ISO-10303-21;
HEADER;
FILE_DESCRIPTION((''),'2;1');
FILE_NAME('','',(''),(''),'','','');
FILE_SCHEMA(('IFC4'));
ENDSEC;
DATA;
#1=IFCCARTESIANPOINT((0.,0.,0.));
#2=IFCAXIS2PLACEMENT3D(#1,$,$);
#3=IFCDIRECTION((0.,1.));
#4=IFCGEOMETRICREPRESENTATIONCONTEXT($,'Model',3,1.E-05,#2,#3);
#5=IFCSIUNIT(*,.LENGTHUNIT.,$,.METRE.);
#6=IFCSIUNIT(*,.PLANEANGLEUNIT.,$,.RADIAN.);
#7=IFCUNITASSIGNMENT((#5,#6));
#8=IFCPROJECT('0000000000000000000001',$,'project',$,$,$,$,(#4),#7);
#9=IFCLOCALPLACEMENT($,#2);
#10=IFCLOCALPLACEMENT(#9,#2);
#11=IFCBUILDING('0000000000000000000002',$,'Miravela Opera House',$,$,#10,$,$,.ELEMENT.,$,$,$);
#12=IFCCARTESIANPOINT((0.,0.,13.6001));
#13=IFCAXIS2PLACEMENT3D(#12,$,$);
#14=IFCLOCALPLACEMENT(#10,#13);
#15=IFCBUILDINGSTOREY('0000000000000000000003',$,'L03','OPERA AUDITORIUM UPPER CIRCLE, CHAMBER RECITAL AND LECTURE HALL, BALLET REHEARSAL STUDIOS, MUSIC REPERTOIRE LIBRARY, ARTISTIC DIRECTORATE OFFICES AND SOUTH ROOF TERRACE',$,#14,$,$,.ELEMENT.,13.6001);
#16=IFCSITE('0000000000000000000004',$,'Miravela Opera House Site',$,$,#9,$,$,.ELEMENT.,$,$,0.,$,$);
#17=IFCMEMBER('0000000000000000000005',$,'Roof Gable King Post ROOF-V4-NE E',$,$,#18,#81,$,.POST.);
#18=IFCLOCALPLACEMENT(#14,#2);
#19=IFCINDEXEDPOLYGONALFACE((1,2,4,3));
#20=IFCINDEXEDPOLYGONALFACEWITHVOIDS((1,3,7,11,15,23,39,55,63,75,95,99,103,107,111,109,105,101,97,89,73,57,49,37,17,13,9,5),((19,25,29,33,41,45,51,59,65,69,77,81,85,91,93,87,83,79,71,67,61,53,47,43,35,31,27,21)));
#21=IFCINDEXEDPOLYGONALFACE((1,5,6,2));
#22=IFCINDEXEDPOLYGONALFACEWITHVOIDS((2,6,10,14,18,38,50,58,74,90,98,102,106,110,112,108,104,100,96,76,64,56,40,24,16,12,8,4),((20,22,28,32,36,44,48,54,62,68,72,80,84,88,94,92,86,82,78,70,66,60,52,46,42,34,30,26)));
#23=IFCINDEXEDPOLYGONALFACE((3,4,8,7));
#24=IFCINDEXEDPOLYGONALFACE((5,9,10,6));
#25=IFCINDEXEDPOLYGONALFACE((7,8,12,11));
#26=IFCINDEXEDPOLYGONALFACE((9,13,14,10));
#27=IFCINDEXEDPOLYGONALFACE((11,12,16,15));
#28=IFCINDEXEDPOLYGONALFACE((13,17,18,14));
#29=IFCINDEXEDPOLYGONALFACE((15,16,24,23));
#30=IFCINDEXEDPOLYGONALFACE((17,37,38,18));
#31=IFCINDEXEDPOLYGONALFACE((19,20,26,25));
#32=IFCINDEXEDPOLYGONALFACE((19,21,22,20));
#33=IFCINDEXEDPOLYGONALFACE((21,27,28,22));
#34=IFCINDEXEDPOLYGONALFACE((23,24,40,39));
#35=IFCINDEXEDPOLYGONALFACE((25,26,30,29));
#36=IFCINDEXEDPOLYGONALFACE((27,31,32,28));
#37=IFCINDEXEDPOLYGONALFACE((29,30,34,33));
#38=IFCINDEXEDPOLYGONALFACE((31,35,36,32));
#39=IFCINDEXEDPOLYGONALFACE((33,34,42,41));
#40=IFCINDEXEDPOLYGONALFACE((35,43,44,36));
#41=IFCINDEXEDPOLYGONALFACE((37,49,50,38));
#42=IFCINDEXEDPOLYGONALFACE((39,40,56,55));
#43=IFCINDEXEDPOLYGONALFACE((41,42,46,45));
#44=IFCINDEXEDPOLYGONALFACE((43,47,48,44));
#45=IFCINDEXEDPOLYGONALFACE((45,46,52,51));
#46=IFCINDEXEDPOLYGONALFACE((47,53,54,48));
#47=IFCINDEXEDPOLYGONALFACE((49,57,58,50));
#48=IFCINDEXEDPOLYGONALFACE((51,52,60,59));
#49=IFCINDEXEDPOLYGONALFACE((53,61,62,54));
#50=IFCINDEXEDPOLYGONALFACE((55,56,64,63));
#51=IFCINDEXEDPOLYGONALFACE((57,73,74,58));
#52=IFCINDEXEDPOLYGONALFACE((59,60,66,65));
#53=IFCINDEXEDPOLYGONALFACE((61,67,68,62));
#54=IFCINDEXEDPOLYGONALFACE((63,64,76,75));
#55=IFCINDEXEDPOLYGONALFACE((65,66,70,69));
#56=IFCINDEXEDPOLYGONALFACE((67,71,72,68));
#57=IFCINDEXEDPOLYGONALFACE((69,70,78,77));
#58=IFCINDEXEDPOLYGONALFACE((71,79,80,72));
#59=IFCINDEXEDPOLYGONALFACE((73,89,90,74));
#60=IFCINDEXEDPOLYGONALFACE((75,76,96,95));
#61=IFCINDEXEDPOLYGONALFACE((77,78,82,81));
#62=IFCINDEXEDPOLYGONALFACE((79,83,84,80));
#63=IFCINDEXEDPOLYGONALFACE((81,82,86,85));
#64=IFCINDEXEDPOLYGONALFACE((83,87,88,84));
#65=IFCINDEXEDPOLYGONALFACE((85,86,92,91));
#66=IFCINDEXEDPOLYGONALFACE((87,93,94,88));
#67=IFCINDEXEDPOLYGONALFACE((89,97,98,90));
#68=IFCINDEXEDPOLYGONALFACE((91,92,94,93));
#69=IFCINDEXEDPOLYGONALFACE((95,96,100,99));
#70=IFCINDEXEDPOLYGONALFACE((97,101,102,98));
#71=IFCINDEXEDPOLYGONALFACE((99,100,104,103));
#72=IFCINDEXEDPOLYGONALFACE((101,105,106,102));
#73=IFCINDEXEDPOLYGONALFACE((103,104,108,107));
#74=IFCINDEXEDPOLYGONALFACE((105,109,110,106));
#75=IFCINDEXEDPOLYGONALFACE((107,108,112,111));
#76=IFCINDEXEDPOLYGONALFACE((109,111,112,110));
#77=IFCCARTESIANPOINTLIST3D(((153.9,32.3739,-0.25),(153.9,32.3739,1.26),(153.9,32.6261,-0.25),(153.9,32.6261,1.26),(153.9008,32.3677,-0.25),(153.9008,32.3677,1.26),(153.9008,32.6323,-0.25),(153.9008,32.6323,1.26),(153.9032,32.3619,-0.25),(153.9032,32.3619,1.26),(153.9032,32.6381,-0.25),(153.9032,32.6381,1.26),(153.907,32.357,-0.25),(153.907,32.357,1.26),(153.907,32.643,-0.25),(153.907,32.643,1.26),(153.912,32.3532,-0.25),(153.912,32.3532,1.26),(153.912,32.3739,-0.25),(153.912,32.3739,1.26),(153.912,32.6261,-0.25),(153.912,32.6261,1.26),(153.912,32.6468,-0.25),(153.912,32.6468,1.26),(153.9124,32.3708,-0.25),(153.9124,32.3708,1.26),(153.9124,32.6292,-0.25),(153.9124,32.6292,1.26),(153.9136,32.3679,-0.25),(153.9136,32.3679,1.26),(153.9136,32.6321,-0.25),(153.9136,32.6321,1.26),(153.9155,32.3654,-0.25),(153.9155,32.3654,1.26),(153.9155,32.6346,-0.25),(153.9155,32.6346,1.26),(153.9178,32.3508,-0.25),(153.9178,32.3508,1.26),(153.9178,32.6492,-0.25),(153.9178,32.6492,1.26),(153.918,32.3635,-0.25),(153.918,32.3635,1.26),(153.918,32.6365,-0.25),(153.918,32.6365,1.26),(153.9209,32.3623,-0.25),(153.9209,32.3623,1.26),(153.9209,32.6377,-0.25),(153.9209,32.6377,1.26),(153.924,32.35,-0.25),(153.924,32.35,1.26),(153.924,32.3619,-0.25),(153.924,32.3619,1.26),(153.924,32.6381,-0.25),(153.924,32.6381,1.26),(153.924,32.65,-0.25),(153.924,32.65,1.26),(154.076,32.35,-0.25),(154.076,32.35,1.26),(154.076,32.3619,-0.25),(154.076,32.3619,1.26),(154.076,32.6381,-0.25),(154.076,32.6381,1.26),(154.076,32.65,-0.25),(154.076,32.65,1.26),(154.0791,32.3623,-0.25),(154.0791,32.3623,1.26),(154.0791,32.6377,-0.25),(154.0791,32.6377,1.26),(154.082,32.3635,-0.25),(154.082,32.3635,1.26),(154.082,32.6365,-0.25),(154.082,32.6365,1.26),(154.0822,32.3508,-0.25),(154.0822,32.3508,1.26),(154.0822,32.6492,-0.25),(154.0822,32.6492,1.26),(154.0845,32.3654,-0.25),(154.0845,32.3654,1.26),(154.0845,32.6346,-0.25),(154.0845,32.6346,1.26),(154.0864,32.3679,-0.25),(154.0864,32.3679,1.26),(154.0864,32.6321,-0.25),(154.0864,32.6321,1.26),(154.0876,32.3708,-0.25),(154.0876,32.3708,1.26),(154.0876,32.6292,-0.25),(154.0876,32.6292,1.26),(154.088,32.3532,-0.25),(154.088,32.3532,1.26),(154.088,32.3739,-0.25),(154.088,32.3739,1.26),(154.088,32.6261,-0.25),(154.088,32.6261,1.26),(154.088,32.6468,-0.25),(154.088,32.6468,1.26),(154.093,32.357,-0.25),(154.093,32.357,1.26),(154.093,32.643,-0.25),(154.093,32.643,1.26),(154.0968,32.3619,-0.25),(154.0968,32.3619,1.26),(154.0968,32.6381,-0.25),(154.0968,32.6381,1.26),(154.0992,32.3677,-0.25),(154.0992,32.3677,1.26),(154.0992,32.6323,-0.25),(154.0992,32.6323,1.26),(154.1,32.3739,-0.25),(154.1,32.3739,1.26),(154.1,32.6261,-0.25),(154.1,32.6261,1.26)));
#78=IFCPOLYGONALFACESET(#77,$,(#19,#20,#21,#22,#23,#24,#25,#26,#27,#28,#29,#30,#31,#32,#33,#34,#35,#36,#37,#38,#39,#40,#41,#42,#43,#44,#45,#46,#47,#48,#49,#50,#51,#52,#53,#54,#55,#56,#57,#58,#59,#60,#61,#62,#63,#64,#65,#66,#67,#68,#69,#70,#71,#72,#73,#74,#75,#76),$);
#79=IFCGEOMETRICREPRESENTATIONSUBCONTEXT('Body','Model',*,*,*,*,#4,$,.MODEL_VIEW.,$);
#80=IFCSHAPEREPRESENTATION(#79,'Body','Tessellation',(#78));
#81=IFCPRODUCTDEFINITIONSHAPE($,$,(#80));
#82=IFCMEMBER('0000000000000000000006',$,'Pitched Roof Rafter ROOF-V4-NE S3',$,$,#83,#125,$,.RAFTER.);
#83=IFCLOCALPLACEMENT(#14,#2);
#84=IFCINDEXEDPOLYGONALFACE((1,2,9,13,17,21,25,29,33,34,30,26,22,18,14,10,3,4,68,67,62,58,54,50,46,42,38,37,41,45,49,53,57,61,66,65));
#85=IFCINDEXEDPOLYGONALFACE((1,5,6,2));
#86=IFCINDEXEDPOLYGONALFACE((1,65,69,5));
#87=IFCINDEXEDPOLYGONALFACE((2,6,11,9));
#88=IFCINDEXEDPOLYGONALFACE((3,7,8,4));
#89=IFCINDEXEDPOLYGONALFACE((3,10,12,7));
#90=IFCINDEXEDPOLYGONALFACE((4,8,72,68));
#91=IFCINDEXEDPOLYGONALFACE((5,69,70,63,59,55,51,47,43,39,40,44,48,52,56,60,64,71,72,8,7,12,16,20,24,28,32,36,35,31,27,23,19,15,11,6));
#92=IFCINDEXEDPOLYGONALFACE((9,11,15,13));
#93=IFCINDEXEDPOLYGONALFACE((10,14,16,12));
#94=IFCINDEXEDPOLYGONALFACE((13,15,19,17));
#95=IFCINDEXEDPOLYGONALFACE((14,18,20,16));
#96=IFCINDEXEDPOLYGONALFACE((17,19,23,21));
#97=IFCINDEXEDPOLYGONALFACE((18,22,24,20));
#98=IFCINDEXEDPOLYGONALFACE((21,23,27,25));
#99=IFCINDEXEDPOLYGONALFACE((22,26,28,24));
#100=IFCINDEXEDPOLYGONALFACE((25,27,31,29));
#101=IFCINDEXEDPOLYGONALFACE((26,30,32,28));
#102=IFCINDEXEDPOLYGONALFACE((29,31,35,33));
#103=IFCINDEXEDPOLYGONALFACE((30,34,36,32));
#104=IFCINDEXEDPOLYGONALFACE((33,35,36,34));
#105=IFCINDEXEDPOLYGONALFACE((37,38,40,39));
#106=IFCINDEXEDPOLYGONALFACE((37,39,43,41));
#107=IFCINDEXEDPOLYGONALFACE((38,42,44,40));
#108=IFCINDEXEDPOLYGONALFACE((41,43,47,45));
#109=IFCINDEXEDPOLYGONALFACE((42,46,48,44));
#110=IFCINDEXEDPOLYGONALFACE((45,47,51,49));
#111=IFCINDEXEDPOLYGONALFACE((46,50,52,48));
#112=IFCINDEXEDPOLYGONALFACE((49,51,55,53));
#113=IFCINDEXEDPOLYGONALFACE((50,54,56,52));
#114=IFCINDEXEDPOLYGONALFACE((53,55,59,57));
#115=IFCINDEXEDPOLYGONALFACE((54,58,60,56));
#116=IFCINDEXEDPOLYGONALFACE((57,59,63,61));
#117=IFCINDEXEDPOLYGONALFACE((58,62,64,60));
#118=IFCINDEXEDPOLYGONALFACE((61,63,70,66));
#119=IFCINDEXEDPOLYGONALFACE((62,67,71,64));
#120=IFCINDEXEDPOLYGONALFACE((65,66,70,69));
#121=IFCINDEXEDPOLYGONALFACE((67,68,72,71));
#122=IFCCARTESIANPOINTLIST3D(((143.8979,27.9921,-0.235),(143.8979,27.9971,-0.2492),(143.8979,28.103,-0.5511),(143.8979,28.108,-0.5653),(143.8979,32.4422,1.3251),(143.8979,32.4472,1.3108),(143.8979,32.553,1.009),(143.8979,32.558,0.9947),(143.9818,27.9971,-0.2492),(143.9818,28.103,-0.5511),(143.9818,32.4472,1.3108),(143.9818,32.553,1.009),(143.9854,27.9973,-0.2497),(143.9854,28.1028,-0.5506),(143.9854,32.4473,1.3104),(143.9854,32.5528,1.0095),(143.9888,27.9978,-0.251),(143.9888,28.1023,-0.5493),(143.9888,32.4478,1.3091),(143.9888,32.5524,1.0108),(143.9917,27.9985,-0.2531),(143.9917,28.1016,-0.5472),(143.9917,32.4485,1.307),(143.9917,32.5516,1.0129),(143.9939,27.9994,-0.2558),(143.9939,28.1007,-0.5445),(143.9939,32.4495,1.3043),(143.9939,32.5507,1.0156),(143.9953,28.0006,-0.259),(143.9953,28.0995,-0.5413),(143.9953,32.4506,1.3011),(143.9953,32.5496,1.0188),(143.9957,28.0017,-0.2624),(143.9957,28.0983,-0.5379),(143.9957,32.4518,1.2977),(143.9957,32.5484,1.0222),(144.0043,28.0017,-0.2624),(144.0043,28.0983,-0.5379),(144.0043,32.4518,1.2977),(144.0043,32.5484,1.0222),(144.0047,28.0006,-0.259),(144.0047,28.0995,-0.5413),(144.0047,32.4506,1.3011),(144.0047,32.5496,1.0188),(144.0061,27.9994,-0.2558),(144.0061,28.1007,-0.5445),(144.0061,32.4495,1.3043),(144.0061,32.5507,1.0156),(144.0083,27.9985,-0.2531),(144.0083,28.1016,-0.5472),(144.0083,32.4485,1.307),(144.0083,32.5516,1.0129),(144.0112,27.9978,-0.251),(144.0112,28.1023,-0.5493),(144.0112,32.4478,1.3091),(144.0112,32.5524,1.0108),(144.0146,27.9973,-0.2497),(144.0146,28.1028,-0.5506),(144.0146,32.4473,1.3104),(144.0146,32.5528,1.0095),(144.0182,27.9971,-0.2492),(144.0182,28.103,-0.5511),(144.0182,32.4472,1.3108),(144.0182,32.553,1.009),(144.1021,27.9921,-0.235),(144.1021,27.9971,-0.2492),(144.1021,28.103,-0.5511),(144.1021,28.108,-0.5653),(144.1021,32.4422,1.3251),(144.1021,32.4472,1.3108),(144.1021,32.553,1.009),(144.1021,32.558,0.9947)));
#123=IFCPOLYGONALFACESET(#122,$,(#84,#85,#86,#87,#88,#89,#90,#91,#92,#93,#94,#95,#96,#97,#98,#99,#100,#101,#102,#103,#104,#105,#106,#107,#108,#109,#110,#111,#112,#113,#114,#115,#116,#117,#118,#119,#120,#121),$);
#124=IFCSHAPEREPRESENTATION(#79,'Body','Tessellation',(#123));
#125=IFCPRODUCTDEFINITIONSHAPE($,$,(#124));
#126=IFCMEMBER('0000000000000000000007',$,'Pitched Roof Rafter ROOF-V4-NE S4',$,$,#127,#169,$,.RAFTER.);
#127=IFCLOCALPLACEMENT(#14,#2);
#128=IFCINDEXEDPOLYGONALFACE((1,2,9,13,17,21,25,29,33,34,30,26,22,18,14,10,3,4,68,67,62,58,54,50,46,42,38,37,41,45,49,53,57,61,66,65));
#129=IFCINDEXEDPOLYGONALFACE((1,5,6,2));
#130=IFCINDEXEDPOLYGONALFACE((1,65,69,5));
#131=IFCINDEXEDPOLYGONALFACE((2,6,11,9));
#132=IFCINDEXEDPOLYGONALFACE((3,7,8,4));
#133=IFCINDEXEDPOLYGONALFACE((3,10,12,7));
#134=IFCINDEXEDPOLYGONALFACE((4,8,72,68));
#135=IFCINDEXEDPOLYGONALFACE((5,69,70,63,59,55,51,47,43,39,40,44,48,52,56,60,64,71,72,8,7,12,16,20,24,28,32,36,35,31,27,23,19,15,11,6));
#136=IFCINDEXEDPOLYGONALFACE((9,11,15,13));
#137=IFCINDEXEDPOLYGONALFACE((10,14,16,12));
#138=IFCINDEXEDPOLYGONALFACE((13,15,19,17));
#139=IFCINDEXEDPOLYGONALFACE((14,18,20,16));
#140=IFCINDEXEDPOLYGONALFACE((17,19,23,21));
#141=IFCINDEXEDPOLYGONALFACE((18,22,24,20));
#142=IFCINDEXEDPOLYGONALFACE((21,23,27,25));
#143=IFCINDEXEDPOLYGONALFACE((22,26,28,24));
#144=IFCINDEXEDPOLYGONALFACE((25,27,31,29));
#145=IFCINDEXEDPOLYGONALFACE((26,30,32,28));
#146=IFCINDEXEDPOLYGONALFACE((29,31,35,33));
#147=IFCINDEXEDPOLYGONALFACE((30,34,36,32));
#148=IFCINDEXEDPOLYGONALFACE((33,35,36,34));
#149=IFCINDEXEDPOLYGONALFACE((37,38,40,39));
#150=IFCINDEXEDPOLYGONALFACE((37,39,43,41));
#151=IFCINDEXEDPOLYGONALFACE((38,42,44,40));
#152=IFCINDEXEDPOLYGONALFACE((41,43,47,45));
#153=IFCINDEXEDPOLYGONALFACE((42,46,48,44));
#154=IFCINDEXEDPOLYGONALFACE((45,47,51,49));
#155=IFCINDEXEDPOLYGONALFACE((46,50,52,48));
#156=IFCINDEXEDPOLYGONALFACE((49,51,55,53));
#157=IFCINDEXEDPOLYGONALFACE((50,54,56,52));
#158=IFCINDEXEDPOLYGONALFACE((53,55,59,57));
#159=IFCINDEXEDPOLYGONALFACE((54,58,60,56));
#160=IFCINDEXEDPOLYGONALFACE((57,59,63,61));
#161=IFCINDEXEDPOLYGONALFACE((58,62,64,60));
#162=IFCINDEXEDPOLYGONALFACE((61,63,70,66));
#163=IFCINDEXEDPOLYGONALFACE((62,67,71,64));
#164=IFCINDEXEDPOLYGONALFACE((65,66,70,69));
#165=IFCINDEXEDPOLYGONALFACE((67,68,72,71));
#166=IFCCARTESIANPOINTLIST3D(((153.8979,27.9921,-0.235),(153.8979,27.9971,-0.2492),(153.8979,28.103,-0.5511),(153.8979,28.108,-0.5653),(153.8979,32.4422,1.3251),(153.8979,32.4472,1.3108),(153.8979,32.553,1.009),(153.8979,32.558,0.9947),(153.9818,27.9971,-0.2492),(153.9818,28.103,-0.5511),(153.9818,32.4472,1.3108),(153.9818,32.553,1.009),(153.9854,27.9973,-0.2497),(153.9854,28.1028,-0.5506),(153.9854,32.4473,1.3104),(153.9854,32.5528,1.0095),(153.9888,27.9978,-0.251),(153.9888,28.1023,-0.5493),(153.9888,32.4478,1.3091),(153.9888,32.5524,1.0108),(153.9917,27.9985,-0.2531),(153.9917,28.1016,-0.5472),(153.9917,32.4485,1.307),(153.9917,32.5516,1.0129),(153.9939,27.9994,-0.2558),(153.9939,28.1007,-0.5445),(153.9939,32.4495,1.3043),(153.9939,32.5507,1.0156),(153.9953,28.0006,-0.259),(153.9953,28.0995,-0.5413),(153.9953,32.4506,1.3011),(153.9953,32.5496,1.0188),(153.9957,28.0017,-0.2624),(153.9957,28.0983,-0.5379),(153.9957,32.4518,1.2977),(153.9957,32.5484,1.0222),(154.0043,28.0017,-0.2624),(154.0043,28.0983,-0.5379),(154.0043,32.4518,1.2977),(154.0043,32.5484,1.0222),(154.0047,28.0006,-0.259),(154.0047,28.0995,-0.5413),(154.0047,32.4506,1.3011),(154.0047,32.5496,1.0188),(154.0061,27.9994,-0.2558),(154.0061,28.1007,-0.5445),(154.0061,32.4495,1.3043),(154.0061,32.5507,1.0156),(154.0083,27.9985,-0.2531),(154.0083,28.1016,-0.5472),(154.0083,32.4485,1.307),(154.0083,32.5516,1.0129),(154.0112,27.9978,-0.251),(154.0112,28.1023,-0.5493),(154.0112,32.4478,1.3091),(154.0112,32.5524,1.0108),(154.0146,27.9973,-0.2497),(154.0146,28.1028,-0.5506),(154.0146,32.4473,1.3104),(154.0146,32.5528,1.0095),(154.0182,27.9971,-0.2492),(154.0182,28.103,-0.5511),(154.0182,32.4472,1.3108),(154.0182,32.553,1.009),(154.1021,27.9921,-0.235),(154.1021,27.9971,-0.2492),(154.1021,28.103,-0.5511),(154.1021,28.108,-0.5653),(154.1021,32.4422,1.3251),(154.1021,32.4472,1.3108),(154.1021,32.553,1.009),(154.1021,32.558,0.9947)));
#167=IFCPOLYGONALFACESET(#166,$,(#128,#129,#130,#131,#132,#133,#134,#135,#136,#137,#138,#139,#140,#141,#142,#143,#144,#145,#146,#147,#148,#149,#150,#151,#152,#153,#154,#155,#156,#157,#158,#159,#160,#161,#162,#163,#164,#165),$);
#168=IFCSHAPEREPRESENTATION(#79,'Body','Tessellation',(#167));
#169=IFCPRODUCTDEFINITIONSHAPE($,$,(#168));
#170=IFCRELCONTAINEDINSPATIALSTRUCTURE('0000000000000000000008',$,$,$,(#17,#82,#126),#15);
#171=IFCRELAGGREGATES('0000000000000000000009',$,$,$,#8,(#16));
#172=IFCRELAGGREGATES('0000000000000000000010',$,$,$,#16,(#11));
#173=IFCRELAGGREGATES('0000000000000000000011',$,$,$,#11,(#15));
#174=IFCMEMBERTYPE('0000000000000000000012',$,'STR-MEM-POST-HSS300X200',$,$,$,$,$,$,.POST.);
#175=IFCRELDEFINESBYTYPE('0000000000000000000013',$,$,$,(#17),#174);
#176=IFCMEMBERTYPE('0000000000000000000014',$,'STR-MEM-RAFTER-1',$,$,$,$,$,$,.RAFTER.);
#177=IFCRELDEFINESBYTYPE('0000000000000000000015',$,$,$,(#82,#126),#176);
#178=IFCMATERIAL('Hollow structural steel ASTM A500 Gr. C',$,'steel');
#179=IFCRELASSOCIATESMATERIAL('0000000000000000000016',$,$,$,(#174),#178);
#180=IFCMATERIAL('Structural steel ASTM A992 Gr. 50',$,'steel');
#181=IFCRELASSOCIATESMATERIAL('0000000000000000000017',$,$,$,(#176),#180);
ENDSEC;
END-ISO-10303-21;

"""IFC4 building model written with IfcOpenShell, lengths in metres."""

from ifc_helpers import new_model, si_unit, direction, frame, origin, origin_2d, place, context, subcontext, project, spatial, hollow_rectangle, i_section, extrude, material, material_profile, profile_set, type_object, element, save


model = new_model("IFC4")

# Units and contexts
model_context = context("Model", 3, precision=1e-05, world=origin(), true_north=direction((0.0, 1.0)))
body_context = subcontext(model_context, "Body", "Model", "MODEL_VIEW")
ifc_project = project(units=[si_unit("LENGTHUNIT", "METRE"), si_unit("PLANEANGLEUNIT", "RADIAN")], contexts=[model_context])

# Site, building, storey
site_placement = place(None, origin())
site = spatial("IfcSite", under=ifc_project, at=site_placement, Name="Miravela Opera House Site", CompositionType="ELEMENT", RefElevation=0.0)
building_placement = place(site_placement, origin())
building = spatial("IfcBuilding", under=site, at=building_placement, Name="Miravela Opera House", CompositionType="ELEMENT")
storey_placement = place(building_placement, frame((0.0, 0.0, 13.6001)))
storey = spatial("IfcBuildingStorey", under=building, at=storey_placement, Name="L03", Description="OPERA AUDITORIUM UPPER CIRCLE, CHAMBER RECITAL AND LECTURE HALL, BALLET REHEARSAL STUDIOS, MUSIC REPERTOIRE LIBRARY, ARTISTIC DIRECTORATE OFFICES AND SOUTH ROOF TERRACE", CompositionType="ELEMENT", Elevation=13.6001)

# Shared definitions
ifc_material_1 = material(Name="Structural steel ASTM A992 Gr. 50", Category="steel")

# Members
ifc_material_2 = material(Name="Hollow structural steel ASTM A500 Gr. C", Category="steel")
ifc_material_profile_1 = material_profile(ifc_material_2, hollow_rectangle(XDim=0.2, YDim=0.3, WallThickness=0.012, InnerFilletRadius=0.012, OuterFilletRadius=0.0239, at=origin_2d()), Name="HSS300X200X12")
ifc_profile_set_1 = profile_set([ifc_material_profile_1])
member_type_1 = type_object("IfcMemberType", Name="STR-MEM-POST-HSS300X200", PredefinedType="POST", material=ifc_profile_set_1)
for number, where, z_axis, x_axis, name in (
    (1, (154.0, 32.5, -0.25), (0.0, 0.0, 1.0), (1.0, 0.0, 0.0), "Roof Gable King Post ROOF-V4-NE E"),
):
    element("IfcMember", number, at=place(storey_placement, frame(where, z_axis=z_axis, x_axis=x_axis)), inside=storey, type_object=member_type_1, Name=name, PredefinedType="POST", context=body_context, shape_type="SweptSolid", body=[
        extrude(hollow_rectangle(XDim=0.2, YDim=0.3, WallThickness=0.012, InnerFilletRadius=0.012, OuterFilletRadius=0.0239, at=origin_2d()), origin(), (0.0, 0.0, 1.0), 1.51),
    ])
ifc_material_profile_2 = material_profile(ifc_material_1, i_section(OverallWidth=0.2041, OverallDepth=0.3501, WebThickness=0.0085, FlangeThickness=0.0151, FilletRadius=0.0139, at=origin_2d()), Name="W360X72")
ifc_profile_set_2 = profile_set([ifc_material_profile_2])
member_type_2 = type_object("IfcMemberType", Name="STR-MEM-RAFTER-1", PredefinedType="RAFTER", material=ifc_profile_set_2)
for number, where, z_axis, x_axis, name in (
    (2, (144.0, 28.05, -0.4001), (0.0, 0.943688, 0.330837), (-1.0, 0.0, 0.0), "Pitched Roof Rafter ROOF-V4-NE S3"),
    (3, (154.0, 28.05, -0.4001), (0.0, 0.943688, 0.330837), (-1.0, 0.0, 0.0), "Pitched Roof Rafter ROOF-V4-NE S4"),
):
    element("IfcMember", number, at=place(storey_placement, frame(where, z_axis=z_axis, x_axis=x_axis)), inside=storey, type_object=member_type_2, Name=name, PredefinedType="RAFTER", context=body_context, shape_type="SweptSolid", body=[
        extrude(i_section(OverallWidth=0.2041, OverallDepth=0.3501, WebThickness=0.0085, FlangeThickness=0.0151, FilletRadius=0.0139, at=origin_2d()), origin(), (0.0, 0.0, 1.0), 4.7156),
    ])

save(model, "model.ifc")
